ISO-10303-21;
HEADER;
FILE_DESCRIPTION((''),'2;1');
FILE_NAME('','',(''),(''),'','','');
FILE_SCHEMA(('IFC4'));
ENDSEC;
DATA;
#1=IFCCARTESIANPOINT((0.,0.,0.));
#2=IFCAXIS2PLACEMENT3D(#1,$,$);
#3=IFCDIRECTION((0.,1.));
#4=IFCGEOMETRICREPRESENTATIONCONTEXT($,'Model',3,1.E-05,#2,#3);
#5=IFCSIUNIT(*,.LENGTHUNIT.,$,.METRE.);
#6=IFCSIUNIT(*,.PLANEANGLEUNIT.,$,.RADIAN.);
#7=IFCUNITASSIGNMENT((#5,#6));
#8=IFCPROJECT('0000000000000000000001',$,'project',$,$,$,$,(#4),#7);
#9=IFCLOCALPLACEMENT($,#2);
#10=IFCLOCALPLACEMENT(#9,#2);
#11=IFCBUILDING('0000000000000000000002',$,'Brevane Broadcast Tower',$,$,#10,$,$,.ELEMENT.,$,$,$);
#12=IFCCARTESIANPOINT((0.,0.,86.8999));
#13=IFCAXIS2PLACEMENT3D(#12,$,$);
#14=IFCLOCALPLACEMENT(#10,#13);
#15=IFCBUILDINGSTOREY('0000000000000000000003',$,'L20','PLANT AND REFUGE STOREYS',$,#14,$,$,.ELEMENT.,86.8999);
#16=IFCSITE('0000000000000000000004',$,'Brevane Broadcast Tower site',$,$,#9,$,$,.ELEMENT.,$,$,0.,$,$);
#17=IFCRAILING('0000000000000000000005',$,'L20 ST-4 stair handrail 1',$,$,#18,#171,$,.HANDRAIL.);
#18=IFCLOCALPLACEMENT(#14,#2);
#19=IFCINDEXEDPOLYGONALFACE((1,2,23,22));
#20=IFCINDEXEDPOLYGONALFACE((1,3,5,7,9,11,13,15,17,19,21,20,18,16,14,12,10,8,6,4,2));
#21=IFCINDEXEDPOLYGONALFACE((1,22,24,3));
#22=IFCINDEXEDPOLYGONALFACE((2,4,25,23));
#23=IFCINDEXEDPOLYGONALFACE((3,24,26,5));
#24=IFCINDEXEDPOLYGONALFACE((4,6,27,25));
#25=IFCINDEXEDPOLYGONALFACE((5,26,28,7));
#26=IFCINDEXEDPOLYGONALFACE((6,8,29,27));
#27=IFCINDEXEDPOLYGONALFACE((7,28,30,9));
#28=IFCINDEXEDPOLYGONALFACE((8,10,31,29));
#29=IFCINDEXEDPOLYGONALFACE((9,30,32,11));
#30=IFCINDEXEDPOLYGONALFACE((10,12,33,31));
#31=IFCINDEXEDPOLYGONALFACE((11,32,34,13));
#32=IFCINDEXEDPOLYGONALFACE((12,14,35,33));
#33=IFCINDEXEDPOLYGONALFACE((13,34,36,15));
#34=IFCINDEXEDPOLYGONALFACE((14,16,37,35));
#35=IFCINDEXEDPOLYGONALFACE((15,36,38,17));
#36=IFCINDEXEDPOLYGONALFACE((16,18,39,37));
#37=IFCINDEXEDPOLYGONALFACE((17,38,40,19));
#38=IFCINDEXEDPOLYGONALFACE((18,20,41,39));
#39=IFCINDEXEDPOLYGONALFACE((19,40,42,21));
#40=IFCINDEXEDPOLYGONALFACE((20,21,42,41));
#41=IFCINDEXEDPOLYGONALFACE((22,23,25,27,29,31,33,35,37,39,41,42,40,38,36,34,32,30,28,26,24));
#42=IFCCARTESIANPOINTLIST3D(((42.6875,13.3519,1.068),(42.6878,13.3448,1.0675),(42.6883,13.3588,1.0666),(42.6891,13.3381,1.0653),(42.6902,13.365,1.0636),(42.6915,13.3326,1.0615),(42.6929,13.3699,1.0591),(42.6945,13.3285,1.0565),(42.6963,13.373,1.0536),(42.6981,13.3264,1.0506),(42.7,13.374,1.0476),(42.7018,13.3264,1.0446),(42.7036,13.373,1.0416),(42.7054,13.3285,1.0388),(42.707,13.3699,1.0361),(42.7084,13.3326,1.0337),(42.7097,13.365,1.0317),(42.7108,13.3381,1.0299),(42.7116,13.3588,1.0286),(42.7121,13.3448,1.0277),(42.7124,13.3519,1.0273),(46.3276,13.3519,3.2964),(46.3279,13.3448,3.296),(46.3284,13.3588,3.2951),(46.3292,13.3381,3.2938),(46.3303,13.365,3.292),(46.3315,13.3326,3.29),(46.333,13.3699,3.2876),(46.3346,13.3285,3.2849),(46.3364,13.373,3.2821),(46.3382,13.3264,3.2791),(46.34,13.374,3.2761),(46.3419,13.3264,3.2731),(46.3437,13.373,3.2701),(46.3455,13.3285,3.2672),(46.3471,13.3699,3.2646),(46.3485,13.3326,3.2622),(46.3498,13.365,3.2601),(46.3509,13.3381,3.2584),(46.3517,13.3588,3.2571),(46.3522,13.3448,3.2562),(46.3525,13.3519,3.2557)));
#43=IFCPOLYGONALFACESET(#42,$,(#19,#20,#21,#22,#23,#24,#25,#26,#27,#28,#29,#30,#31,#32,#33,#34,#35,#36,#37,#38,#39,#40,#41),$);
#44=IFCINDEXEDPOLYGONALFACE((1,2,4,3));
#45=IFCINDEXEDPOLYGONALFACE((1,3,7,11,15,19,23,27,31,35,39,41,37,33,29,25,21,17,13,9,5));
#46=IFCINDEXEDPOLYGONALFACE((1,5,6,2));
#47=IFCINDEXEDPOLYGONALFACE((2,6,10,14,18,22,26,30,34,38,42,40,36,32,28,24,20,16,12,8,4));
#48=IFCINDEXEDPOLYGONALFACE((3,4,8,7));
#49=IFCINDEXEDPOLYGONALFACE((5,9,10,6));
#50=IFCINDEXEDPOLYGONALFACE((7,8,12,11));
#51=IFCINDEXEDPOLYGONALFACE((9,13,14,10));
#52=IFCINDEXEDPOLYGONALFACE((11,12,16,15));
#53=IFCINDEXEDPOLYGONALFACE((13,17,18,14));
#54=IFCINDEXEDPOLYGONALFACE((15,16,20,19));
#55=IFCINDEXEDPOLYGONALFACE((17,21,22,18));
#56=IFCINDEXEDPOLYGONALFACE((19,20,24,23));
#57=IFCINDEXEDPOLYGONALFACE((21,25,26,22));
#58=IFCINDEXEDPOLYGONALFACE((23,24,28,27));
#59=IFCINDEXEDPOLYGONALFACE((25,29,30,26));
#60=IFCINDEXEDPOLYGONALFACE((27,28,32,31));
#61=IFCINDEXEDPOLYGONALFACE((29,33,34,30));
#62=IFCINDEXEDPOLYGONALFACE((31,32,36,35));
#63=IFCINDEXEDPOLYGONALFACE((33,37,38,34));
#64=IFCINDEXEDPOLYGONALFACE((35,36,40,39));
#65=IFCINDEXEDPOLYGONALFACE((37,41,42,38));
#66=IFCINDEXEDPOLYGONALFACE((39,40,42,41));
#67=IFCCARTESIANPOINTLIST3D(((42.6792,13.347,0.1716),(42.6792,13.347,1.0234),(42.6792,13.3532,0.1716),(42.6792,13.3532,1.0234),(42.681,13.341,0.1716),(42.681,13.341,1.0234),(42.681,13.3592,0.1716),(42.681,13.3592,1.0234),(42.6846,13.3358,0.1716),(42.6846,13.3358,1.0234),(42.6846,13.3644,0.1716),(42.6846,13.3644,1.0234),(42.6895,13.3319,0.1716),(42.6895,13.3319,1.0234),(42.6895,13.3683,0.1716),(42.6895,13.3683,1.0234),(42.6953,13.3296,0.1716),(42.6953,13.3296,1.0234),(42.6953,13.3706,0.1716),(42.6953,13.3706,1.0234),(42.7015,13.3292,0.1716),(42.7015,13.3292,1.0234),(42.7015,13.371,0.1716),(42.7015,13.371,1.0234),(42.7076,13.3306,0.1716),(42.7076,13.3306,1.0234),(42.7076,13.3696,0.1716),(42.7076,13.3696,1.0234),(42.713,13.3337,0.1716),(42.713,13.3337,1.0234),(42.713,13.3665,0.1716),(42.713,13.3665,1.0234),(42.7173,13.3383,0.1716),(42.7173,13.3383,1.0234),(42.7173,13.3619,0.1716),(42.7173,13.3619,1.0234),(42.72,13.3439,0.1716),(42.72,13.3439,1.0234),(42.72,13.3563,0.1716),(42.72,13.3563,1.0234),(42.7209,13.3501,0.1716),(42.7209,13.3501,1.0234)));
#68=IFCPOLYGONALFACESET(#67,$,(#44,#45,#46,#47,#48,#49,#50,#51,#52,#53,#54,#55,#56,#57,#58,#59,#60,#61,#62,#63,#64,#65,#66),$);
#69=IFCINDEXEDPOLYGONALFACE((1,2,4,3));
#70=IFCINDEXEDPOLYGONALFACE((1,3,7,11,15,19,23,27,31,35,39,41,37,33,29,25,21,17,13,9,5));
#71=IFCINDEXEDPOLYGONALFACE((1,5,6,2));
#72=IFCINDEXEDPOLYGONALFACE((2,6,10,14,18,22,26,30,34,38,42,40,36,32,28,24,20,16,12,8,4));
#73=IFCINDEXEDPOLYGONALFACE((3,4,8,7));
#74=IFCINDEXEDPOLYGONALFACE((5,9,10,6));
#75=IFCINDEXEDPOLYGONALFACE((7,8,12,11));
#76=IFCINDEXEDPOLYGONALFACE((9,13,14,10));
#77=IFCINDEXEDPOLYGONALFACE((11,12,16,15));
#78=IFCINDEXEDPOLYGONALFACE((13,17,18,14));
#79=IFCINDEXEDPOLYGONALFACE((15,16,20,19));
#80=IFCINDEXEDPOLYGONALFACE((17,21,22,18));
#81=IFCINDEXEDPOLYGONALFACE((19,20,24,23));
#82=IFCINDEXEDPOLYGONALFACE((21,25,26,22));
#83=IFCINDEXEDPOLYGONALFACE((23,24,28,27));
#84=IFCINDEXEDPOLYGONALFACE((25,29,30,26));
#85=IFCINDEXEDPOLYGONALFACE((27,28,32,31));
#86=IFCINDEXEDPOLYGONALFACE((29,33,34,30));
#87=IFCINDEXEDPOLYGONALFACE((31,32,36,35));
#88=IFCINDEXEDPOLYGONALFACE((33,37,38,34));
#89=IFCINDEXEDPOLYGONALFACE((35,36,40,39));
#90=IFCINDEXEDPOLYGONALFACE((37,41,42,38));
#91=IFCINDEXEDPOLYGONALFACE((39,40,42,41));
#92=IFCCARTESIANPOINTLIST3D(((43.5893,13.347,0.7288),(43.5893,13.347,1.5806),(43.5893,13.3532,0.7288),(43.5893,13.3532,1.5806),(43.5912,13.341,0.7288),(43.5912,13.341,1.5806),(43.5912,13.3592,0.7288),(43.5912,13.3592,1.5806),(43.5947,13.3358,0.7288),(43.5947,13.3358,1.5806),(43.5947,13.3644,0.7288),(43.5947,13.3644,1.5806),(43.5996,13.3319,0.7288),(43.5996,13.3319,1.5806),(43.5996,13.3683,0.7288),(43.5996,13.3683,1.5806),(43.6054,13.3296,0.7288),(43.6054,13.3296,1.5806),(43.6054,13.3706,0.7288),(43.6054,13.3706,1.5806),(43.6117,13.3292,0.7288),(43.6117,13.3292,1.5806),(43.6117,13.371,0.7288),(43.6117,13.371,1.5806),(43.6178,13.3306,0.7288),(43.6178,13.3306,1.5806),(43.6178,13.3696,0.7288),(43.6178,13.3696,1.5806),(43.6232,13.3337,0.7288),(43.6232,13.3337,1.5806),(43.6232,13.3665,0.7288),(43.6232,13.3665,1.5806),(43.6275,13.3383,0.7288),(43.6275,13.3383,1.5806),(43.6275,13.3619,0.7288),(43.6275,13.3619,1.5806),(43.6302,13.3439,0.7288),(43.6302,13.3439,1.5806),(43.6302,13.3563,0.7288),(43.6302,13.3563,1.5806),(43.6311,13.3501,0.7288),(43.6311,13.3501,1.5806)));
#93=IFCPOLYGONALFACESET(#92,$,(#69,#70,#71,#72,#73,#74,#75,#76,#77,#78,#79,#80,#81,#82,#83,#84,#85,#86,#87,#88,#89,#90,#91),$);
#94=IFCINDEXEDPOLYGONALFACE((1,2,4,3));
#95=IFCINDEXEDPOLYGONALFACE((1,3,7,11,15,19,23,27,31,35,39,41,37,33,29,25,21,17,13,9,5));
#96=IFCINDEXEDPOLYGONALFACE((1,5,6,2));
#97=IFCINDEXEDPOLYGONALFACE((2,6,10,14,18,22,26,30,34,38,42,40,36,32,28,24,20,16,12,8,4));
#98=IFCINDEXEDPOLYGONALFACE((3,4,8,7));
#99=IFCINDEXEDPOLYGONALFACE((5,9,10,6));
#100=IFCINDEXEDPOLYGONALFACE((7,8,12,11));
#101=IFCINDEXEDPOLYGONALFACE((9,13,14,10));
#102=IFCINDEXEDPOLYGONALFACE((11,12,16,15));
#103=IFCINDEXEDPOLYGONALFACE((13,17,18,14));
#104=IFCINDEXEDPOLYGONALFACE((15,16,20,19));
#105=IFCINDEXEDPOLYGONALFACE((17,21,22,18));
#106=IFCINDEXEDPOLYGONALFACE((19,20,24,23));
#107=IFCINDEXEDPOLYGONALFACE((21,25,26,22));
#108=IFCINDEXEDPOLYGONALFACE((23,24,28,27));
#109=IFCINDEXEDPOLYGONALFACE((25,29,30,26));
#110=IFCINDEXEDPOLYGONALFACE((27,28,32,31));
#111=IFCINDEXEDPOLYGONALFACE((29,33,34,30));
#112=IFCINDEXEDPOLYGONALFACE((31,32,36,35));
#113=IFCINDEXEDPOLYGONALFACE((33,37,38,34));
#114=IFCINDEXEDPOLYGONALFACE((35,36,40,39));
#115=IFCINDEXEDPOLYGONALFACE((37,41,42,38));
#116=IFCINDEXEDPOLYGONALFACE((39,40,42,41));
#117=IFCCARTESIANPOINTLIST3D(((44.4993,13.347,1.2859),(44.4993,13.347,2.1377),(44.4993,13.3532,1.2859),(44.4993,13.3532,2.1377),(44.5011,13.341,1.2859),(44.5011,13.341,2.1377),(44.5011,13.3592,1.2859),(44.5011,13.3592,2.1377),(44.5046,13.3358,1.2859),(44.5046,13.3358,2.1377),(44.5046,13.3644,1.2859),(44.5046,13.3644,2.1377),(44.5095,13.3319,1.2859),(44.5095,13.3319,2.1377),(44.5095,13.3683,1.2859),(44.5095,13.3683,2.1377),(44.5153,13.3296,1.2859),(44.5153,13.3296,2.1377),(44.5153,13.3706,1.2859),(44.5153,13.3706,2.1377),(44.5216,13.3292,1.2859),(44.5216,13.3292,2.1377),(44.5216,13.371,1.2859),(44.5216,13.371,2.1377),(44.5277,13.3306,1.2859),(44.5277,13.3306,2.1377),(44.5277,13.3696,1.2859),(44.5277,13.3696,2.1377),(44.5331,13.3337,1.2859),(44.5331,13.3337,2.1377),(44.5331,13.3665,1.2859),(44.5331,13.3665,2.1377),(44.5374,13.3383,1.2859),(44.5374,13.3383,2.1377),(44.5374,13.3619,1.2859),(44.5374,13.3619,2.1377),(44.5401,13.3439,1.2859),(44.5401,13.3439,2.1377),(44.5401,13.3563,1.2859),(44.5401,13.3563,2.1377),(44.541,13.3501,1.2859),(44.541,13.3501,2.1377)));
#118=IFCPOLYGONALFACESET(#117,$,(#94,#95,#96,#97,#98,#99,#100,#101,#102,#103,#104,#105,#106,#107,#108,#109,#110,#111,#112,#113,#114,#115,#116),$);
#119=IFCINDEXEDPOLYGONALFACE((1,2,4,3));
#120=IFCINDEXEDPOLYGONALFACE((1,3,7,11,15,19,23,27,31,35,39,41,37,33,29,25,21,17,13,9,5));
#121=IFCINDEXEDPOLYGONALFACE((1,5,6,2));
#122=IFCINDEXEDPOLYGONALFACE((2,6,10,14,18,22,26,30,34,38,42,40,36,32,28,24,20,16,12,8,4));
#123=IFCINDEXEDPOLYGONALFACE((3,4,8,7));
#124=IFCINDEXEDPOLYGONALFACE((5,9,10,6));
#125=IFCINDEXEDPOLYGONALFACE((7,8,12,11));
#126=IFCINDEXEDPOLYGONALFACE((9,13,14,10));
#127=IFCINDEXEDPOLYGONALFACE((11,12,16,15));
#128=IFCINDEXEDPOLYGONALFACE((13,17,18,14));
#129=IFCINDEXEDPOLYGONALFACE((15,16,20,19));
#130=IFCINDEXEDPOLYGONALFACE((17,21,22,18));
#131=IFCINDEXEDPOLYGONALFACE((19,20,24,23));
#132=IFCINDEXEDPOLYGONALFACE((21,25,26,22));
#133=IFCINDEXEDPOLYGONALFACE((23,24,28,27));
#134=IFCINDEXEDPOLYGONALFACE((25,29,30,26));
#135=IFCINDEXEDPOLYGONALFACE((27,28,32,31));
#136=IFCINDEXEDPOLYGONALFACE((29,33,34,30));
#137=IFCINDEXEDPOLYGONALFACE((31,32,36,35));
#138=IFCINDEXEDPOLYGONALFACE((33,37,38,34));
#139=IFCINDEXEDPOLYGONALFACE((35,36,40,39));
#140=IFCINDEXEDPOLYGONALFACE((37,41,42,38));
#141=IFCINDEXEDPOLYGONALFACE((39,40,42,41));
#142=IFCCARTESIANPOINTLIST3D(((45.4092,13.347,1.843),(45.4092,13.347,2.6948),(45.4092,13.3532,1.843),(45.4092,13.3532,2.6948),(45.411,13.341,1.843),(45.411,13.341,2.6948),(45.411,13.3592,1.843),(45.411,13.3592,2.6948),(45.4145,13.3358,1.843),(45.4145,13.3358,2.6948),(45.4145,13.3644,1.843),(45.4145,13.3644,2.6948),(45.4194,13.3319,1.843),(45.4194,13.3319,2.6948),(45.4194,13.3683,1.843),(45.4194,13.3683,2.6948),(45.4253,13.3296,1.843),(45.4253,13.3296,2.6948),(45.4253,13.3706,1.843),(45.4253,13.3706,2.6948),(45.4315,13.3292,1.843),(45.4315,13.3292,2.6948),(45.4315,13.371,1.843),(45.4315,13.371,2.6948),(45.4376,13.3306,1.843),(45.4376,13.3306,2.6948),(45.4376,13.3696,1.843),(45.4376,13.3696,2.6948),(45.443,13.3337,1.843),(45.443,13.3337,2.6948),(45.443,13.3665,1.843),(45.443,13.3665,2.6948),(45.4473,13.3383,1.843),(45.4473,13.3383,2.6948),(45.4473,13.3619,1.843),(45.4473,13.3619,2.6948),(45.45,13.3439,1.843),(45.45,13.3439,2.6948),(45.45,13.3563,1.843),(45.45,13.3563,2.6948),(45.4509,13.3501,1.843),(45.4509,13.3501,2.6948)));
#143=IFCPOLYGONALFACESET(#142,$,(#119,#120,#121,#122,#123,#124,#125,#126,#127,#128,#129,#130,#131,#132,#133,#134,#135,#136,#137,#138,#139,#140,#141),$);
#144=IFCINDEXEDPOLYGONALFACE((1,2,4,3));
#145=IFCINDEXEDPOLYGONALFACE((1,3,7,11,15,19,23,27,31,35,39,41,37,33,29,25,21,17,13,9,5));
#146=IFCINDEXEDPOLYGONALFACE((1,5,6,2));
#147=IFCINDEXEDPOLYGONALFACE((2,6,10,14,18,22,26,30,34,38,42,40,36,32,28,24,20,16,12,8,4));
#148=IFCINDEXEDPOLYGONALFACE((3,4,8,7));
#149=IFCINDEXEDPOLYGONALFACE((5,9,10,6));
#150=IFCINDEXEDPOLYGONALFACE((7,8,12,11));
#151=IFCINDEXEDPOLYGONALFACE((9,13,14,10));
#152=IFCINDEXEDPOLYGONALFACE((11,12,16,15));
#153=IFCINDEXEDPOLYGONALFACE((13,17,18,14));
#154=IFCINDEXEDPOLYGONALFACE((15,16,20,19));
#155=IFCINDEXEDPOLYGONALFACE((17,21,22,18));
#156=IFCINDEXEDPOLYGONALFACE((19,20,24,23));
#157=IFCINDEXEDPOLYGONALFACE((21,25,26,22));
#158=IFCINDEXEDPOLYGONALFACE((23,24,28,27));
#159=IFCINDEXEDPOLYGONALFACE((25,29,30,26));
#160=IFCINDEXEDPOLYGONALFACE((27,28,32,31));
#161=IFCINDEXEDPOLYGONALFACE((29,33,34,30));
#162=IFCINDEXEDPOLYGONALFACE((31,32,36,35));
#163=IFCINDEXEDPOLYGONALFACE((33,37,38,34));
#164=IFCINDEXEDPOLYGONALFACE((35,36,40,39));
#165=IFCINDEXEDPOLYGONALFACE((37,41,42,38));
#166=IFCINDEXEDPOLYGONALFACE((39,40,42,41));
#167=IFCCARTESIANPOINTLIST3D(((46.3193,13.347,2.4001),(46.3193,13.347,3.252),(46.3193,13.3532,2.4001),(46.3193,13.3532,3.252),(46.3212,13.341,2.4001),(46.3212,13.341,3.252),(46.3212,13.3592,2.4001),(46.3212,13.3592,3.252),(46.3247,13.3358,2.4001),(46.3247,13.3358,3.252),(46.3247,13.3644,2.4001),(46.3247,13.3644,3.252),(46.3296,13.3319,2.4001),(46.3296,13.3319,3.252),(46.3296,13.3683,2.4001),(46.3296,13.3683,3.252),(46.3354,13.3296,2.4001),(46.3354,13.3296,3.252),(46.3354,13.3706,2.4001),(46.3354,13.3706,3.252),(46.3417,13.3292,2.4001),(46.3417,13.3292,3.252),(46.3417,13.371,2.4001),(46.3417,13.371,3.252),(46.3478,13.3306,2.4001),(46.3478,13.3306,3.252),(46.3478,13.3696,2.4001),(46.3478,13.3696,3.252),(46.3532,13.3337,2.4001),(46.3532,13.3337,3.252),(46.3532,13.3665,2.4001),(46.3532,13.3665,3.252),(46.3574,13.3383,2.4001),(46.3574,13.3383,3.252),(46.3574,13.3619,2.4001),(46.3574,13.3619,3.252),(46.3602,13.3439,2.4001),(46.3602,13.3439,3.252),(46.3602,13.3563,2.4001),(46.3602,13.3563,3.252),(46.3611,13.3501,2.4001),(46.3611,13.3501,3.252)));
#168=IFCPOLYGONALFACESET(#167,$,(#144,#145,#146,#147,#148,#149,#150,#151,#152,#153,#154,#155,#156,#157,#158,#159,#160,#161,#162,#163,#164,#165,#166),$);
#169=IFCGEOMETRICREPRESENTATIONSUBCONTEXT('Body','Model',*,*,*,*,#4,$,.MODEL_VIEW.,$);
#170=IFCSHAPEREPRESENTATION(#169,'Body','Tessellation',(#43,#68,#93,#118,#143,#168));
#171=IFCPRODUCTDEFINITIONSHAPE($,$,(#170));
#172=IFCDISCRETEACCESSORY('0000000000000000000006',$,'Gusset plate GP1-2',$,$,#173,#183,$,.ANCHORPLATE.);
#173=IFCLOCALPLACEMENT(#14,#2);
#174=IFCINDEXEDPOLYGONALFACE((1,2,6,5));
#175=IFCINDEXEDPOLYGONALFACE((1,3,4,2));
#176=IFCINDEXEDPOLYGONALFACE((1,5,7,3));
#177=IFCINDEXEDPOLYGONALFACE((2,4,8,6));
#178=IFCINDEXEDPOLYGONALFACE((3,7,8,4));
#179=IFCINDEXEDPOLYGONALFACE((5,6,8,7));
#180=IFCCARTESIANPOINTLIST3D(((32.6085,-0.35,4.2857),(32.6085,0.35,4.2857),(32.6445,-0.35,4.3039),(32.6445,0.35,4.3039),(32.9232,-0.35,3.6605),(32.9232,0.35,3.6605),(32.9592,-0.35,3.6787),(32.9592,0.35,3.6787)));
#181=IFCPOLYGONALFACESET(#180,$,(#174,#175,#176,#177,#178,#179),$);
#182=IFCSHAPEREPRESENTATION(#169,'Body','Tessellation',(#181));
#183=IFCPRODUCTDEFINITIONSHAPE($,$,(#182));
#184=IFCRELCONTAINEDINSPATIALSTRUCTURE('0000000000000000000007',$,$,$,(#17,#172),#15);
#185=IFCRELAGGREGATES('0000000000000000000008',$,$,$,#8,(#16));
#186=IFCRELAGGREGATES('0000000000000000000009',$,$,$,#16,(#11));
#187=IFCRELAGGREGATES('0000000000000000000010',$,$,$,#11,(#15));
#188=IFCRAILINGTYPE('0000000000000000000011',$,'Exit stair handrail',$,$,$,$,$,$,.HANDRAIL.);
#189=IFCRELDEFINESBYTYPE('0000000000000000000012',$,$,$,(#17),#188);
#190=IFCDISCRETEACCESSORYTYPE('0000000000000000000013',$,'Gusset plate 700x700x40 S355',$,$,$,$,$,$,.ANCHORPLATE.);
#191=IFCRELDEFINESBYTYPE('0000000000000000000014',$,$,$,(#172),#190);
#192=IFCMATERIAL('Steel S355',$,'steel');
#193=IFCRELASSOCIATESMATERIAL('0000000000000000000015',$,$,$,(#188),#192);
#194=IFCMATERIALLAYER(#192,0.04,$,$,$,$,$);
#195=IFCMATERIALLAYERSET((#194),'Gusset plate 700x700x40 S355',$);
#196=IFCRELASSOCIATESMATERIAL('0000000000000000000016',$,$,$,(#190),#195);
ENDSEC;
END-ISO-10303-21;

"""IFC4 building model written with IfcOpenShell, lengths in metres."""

from ifc_helpers import new_model, si_unit, direction, frame, origin, origin_2d, place, context, subcontext, project, spatial, rectangle, circle, extrude, material, layer, layer_set, type_object, element, save


model = new_model("IFC4")

# Units and contexts
model_context = context("Model", 3, precision=1e-05, world=origin(), true_north=direction((0.0, 1.0)))
body_context = subcontext(model_context, "Body", "Model", "MODEL_VIEW")
ifc_project = project(units=[si_unit("LENGTHUNIT", "METRE"), si_unit("PLANEANGLEUNIT", "RADIAN")], contexts=[model_context])

# Site, building, storey
site_placement = place(None, origin())
site = spatial("IfcSite", under=ifc_project, at=site_placement, Name="Brevane Broadcast Tower site", CompositionType="ELEMENT", RefElevation=0.0)
building_placement = place(site_placement, origin())
building = spatial("IfcBuilding", under=site, at=building_placement, Name="Brevane Broadcast Tower", CompositionType="ELEMENT")
storey_placement = place(building_placement, frame((0.0, 0.0, 86.8999)))
storey = spatial("IfcBuildingStorey", under=building, at=storey_placement, Name="L20", Description="PLANT AND REFUGE STOREYS", CompositionType="ELEMENT", Elevation=86.8999)

# Shared definitions
ifc_material_1 = material(Name="Steel S355", Category="steel")

# Railing
railing_type_1 = type_object("IfcRailingType", Name="Exit stair handrail", PredefinedType="HANDRAIL", material=ifc_material_1)
railing_1_placement = place(storey_placement, frame((42.7, 13.3501, 0.1716)))
element("IfcRailing", 1, at=railing_1_placement, inside=storey, type_object=railing_type_1, Name="L20 ST-4 stair handrail 1", PredefinedType="HANDRAIL", context=body_context, shape_type="SweptSolid", body=[
    extrude(circle(Radius=0.0239, at=origin_2d()), frame((0.0, 0.0, 0.876), z_axis=(0.852866, 0.0, 0.52213), x_axis=(0.0, 1.0, 0.0)), (0.0, 0.0, 1.0), 4.2681),
    extrude(circle(Radius=0.021, at=origin_2d()), origin(), (0.0, 0.0, 1.0), 0.8518),
    extrude(circle(Radius=0.021, at=origin_2d()), frame((0.9102, 0.0, 0.5571)), (0.0, 0.0, 1.0), 0.8518),
    extrude(circle(Radius=0.021, at=origin_2d()), frame((1.8201, 0.0, 1.1143)), (0.0, 0.0, 1.0), 0.8518),
    extrude(circle(Radius=0.021, at=origin_2d()), frame((2.73, 0.0, 1.6714)), (0.0, 0.0, 1.0), 0.8518),
    extrude(circle(Radius=0.021, at=origin_2d()), frame((3.6401, 0.0, 2.2285)), (0.0, 0.0, 1.0), 0.8518),
])

# Discrete accessory
ifc_layer_1 = layer(ifc_material_1, 0.04)
ifc_layer_set_1 = layer_set([ifc_layer_1], Name="Gusset plate 700x700x40 S355")
discrete_accessory_type = type_object("IfcDiscreteAccessoryType", Name="Gusset plate 700x700x40 S355", PredefinedType="ANCHORPLATE", material=ifc_layer_set_1)
discrete_accessory_placement = place(storey_placement, frame((32.7659, 0.0, 3.9731), z_axis=(0.893209, 0.0, 0.449642), x_axis=(0.0, 1.0, 0.0)))
element("IfcDiscreteAccessory", 2, at=discrete_accessory_placement, inside=storey, type_object=discrete_accessory_type, Name="Gusset plate GP1-2", PredefinedType="ANCHORPLATE", context=body_context, shape_type="SweptSolid", body=[
    extrude(rectangle(XDim=0.7, YDim=0.7, at=origin_2d()), origin(), (0.0, 0.0, 1.0), 0.0403),
])

save(model, "model.ifc")
